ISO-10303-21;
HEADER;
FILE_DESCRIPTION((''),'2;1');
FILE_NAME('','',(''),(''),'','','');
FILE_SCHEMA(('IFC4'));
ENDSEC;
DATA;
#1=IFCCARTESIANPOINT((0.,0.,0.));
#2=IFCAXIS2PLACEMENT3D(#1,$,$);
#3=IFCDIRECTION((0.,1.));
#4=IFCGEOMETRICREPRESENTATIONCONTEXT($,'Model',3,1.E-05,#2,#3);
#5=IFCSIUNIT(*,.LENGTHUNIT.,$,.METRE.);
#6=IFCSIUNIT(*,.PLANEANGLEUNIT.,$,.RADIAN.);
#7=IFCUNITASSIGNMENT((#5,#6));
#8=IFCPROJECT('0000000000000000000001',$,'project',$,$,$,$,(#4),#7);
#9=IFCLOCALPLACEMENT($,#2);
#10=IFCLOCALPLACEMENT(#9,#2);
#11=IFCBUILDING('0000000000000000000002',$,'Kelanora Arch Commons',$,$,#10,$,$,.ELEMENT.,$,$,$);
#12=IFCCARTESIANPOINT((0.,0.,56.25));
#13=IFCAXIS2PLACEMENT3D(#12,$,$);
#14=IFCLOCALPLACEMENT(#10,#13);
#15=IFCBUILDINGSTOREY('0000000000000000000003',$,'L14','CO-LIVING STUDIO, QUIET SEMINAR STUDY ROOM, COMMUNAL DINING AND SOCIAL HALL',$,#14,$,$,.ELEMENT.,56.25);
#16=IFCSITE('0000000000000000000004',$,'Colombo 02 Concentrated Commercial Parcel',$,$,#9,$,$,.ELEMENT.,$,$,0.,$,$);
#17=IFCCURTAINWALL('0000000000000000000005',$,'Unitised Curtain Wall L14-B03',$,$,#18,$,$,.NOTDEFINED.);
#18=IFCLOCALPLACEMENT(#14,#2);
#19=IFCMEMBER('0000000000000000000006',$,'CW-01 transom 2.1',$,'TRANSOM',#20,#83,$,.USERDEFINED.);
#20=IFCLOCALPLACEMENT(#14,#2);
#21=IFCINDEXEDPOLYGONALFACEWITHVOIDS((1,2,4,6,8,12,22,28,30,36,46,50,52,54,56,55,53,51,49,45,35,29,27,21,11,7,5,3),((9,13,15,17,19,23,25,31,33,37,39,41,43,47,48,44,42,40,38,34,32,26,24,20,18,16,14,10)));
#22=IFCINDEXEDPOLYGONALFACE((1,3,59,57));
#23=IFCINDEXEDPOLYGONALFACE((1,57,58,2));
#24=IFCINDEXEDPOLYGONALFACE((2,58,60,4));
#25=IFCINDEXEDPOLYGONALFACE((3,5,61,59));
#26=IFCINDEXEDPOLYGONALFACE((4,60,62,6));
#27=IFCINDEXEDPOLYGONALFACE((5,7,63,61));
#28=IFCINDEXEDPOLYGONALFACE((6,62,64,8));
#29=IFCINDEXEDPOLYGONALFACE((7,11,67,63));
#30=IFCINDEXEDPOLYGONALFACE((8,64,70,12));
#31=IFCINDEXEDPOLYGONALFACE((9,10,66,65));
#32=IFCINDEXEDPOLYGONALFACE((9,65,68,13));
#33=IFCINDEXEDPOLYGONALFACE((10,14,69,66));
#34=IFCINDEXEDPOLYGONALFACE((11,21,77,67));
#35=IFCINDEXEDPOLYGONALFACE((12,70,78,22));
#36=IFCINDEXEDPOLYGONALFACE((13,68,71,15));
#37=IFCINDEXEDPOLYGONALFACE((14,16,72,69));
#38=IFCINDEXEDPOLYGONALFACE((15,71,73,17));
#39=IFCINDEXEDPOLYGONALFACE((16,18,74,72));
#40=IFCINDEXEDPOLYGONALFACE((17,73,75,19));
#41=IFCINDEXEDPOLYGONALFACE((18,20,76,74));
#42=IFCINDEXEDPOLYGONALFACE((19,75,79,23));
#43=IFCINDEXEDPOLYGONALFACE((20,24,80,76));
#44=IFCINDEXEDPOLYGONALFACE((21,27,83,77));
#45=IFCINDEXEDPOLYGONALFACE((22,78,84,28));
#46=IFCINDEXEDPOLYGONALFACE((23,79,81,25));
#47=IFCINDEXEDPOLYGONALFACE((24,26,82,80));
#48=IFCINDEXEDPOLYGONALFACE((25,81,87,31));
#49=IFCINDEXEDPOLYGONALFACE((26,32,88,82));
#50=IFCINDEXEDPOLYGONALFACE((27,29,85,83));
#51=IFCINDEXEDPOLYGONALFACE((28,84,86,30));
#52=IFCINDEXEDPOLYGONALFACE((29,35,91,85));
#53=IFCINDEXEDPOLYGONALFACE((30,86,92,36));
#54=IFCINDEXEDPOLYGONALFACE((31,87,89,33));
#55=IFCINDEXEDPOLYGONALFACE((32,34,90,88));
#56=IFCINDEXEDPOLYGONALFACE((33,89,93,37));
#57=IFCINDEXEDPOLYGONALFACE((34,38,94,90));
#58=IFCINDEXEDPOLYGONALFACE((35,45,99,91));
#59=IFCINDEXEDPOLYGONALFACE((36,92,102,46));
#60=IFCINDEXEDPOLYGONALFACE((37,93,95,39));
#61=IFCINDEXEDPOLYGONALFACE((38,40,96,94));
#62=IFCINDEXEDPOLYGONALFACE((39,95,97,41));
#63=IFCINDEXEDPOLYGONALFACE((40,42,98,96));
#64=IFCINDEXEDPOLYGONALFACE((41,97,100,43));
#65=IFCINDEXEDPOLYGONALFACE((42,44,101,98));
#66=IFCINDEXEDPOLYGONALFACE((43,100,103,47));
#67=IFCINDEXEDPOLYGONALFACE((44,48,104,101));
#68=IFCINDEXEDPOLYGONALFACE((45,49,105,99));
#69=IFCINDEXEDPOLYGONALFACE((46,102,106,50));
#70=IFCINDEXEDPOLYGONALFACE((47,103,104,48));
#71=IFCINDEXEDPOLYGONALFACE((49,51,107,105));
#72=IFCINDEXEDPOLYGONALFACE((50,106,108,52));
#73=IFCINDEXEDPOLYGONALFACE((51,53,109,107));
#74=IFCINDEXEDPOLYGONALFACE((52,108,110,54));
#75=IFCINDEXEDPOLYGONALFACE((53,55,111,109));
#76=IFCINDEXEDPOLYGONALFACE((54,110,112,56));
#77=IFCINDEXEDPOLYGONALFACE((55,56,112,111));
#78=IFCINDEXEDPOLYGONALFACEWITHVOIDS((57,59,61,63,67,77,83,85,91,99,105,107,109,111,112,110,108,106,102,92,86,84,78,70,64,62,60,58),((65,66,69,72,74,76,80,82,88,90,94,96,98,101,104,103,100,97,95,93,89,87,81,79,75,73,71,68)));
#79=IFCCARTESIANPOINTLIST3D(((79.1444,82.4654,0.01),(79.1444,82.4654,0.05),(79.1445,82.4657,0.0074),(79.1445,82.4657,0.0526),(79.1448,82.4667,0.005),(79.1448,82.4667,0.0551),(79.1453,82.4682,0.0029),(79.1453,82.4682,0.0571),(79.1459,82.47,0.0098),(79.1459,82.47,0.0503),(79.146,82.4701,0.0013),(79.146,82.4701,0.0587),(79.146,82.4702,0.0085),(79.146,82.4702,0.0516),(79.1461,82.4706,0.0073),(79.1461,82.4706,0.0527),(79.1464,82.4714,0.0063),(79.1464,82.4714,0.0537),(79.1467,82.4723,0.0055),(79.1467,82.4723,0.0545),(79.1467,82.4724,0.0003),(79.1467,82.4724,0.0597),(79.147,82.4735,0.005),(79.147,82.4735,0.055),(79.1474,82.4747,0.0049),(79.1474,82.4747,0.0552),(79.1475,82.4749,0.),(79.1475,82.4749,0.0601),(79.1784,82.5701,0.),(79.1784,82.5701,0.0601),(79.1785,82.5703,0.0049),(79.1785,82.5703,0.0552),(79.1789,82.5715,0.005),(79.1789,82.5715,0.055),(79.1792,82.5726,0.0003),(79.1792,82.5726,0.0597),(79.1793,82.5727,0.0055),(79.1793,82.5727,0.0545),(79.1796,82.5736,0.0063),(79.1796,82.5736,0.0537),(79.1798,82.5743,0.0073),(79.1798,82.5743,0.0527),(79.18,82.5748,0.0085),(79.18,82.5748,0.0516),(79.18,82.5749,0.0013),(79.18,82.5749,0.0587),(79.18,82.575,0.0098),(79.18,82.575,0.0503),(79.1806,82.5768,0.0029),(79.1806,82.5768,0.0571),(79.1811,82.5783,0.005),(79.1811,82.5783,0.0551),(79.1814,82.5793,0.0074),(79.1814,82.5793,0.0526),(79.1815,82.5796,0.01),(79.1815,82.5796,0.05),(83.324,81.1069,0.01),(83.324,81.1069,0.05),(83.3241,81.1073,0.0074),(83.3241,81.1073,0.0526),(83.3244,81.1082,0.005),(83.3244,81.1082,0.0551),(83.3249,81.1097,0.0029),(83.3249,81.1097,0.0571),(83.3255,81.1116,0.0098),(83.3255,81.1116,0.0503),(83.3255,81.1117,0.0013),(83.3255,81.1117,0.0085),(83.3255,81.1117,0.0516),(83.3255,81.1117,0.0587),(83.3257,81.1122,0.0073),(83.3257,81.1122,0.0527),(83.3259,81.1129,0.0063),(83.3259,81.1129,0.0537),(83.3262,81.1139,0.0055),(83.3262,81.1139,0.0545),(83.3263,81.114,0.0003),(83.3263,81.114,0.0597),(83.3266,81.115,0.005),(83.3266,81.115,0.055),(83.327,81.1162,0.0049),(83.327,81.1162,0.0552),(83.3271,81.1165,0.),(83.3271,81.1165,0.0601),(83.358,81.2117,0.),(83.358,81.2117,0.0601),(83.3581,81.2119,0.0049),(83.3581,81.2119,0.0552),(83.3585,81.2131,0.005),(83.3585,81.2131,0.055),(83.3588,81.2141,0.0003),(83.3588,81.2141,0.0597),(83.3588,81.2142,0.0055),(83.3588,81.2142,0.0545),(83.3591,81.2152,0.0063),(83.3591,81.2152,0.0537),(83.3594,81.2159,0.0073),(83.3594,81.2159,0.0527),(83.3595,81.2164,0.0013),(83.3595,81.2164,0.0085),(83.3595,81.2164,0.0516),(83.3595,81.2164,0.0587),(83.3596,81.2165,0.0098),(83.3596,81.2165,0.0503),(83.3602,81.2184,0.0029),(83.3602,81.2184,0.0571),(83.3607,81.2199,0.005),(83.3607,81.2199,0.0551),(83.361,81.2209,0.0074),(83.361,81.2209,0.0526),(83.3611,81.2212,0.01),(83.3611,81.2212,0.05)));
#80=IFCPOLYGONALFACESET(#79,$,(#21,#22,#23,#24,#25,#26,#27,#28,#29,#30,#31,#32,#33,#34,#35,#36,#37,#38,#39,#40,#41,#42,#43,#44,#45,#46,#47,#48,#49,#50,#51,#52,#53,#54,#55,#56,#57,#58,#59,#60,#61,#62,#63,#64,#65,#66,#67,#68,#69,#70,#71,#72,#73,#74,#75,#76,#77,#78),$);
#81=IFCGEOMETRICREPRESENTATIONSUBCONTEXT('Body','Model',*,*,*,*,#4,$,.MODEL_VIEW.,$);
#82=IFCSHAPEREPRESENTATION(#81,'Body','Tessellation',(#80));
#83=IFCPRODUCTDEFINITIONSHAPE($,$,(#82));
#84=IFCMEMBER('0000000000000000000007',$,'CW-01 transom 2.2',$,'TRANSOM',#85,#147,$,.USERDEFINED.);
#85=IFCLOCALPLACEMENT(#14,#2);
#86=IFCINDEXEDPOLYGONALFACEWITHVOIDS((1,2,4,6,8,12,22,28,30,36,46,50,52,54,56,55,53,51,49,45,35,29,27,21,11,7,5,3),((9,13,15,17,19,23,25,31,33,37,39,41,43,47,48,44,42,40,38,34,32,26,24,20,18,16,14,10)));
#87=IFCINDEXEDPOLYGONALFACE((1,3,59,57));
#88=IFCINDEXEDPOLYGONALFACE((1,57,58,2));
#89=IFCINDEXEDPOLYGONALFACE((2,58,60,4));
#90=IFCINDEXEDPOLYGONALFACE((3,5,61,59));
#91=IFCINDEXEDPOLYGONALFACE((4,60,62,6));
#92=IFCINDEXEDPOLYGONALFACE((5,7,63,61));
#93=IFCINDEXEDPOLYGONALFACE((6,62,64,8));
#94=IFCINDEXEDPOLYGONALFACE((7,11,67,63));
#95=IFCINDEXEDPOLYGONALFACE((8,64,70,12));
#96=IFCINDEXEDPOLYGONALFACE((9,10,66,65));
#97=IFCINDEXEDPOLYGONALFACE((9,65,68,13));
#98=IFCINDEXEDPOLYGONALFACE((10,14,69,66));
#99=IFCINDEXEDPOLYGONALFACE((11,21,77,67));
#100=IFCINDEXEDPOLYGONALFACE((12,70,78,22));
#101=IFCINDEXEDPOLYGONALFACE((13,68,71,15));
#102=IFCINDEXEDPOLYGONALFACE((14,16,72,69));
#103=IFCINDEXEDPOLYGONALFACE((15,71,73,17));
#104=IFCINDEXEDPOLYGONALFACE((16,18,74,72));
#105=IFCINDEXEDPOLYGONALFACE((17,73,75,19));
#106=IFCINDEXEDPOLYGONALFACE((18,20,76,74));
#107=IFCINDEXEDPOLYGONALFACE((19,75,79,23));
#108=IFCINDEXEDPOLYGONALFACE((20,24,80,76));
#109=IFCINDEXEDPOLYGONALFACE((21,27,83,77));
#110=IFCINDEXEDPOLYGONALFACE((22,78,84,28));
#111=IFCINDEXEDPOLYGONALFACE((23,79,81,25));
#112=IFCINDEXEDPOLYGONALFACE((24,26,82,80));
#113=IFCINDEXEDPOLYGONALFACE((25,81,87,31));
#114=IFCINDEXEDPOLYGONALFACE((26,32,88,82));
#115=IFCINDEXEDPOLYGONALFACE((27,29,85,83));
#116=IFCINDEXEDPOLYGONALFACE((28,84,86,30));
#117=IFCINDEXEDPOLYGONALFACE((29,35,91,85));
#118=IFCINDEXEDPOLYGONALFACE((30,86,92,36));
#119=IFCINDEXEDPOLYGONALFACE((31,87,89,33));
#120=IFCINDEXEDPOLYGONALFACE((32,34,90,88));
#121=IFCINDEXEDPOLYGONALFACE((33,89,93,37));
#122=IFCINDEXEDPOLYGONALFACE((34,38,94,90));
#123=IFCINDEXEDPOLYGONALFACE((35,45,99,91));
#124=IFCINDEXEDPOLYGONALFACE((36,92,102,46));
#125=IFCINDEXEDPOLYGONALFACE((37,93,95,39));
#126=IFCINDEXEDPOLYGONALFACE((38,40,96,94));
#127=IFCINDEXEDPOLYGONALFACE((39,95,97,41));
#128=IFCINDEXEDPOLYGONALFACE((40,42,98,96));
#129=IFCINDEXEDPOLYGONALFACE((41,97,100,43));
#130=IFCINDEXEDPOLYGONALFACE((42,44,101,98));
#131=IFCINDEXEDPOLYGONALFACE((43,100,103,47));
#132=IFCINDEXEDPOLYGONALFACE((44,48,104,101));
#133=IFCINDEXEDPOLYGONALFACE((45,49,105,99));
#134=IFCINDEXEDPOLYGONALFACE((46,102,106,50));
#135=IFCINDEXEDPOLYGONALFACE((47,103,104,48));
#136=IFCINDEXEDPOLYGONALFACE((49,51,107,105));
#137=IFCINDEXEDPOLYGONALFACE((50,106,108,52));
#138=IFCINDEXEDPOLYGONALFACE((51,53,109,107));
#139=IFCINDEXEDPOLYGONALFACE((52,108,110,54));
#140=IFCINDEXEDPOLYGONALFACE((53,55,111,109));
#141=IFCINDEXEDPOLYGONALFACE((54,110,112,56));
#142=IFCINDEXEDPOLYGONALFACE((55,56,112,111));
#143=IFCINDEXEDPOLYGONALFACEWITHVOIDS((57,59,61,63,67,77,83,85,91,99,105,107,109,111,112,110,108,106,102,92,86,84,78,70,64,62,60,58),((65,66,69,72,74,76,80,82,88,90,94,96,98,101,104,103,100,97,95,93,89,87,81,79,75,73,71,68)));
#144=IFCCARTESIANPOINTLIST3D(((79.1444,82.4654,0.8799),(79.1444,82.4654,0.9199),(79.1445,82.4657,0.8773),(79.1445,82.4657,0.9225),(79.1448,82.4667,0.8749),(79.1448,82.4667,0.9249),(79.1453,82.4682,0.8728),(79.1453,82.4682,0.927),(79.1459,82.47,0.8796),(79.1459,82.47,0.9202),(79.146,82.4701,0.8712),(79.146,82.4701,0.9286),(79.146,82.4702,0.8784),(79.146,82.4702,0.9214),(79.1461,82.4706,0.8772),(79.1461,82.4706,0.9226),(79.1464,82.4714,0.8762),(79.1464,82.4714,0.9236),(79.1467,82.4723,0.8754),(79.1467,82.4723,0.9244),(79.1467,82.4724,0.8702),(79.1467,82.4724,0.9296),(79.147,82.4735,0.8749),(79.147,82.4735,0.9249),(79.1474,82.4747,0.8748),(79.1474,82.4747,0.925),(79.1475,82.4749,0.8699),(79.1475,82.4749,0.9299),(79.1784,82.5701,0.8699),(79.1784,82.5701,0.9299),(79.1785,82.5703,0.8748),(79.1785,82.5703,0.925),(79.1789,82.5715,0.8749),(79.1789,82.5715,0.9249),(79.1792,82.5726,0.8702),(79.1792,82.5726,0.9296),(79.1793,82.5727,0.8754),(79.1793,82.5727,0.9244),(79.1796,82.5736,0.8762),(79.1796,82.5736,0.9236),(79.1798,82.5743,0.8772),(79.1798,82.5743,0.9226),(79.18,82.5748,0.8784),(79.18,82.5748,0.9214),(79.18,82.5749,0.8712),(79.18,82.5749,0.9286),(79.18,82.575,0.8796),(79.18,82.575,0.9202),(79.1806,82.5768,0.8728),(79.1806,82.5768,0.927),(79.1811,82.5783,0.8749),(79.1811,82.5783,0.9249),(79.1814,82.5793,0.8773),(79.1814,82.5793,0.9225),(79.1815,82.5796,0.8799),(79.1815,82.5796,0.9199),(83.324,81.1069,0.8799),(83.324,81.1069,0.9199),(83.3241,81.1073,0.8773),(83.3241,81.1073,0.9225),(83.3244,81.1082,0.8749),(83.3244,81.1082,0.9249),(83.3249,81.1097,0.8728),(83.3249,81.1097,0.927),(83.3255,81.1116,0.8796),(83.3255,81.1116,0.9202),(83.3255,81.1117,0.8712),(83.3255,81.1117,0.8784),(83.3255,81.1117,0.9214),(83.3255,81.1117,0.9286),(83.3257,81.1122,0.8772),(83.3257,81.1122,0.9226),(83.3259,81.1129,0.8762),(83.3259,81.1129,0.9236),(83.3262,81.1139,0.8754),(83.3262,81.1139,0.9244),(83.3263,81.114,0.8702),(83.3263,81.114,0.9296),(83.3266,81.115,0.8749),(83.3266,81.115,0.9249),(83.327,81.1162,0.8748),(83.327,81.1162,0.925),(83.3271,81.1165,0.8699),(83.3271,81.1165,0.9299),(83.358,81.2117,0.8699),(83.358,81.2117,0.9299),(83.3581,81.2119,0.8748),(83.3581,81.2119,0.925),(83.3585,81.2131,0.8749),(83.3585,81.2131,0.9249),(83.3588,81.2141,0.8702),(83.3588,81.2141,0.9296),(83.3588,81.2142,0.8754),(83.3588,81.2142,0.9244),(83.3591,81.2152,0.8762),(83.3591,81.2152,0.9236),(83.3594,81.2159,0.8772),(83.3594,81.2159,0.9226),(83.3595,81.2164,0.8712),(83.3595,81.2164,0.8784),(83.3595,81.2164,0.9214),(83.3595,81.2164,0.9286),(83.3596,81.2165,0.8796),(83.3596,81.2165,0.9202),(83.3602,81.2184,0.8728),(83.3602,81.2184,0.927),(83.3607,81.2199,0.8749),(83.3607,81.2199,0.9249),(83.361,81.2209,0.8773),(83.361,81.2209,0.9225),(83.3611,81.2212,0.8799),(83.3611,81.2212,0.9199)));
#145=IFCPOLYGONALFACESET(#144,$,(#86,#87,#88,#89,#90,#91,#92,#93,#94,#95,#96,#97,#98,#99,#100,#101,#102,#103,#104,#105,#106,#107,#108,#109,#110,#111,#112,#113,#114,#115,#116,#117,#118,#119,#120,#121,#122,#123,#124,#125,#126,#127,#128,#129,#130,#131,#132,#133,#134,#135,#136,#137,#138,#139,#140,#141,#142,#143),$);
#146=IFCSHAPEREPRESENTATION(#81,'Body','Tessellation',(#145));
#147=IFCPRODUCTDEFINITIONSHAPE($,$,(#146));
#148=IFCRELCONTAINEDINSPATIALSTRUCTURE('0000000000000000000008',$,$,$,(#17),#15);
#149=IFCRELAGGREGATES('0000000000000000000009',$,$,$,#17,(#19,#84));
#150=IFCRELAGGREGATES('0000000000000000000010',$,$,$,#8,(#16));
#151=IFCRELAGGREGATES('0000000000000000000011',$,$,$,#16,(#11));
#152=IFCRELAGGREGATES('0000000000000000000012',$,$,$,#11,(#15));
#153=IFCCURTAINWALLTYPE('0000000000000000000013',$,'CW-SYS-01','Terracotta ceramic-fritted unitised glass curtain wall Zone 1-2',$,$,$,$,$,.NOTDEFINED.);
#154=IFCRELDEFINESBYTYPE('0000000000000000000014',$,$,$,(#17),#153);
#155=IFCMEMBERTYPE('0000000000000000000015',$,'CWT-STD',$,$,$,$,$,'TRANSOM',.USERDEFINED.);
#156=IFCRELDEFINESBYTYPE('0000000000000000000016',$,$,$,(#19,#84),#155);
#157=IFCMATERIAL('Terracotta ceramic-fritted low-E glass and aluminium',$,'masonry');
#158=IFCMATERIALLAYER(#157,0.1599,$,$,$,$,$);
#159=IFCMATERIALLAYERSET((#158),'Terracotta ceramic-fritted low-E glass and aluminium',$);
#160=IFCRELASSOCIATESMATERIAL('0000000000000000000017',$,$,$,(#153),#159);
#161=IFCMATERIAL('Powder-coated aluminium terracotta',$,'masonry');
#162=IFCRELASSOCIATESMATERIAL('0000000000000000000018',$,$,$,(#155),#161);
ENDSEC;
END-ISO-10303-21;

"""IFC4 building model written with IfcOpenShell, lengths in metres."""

from ifc_helpers import new_model, si_unit, direction, frame, origin, origin_2d, place, context, subcontext, project, spatial, hollow_rectangle, extrude, material, layer, layer_set, material_profile, profile_set, type_object, element, aggregate, save


model = new_model("IFC4")

# Units and contexts
model_context = context("Model", 3, precision=1e-05, world=origin(), true_north=direction((0.0, 1.0)))
body_context = subcontext(model_context, "Body", "Model", "MODEL_VIEW")
ifc_project = project(units=[si_unit("LENGTHUNIT", "METRE"), si_unit("PLANEANGLEUNIT", "RADIAN")], contexts=[model_context])

# Site, building, storey
site_placement = place(None, origin())
site = spatial("IfcSite", under=ifc_project, at=site_placement, Name="Colombo 02 Concentrated Commercial Parcel", CompositionType="ELEMENT", RefElevation=0.0)
building_placement = place(site_placement, origin())
building = spatial("IfcBuilding", under=site, at=building_placement, Name="Kelanora Arch Commons", CompositionType="ELEMENT")
storey_placement = place(building_placement, frame((0.0, 0.0, 56.25)))
storey = spatial("IfcBuildingStorey", under=building, at=storey_placement, Name="L14", Description="CO-LIVING STUDIO, QUIET SEMINAR STUDY ROOM, COMMUNAL DINING AND SOCIAL HALL", CompositionType="ELEMENT", Elevation=56.25)

# Curtain wall, members
ifc_material_1 = material(Name="Terracotta ceramic-fritted low-E glass and aluminium", Category="masonry")
ifc_layer_1 = layer(ifc_material_1, 0.1599)
ifc_layer_set_1 = layer_set([ifc_layer_1], Name="Terracotta ceramic-fritted low-E glass and aluminium")
curtain_wall_type = type_object("IfcCurtainWallType", Name="CW-SYS-01", Description="Terracotta ceramic-fritted unitised glass curtain wall Zone 1-2", PredefinedType="NOTDEFINED", material=ifc_layer_set_1)
curtain_wall_placement = place(storey_placement, origin())
curtain_wall = element("IfcCurtainWall", 1, at=curtain_wall_placement, inside=storey, type_object=curtain_wall_type, Name="Unitised Curtain Wall L14-B03", PredefinedType="NOTDEFINED")
ifc_material_2 = material(Name="Powder-coated aluminium terracotta", Category="masonry")
ifc_material_profile_1 = material_profile(ifc_material_2, hollow_rectangle(XDim=0.1201, YDim=0.0601, WallThickness=0.0049, InnerFilletRadius=0.0049, OuterFilletRadius=0.01, at=origin_2d()), Name="CWT120x60")
ifc_profile_set_1 = profile_set([ifc_material_profile_1], Name="Powder-coated aluminium terracotta")
member_type_1 = type_object("IfcMemberType", Name="CWT-STD", ElementType="TRANSOM", PredefinedType="USERDEFINED", material=ifc_profile_set_1)
member_1_placement = place(storey_placement, frame((83.3425, 81.1641, 0.03), z_axis=(-0.951029, 0.309102, 0.0), x_axis=(-0.309102, -0.951029, 0.0)))
member_1 = element("IfcMember", 2, at=member_1_placement, type_object=member_type_1, Name="CW-01 transom 2.1", ObjectType="TRANSOM", PredefinedType="USERDEFINED", context=body_context, shape_type="SweptSolid", body=[
    extrude(hollow_rectangle(XDim=0.1201, YDim=0.0601, WallThickness=0.0049, InnerFilletRadius=0.0049, OuterFilletRadius=0.01, at=origin_2d()), origin(), (0.0, 0.0, 1.0), 4.3948),
])
member_2_placement = place(storey_placement, frame((83.3425, 81.1641, 0.8999), z_axis=(-0.951029, 0.309102, 0.0), x_axis=(-0.309102, -0.951029, 0.0)))
member_2 = element("IfcMember", 3, at=member_2_placement, type_object=member_type_1, Name="CW-01 transom 2.2", ObjectType="TRANSOM", PredefinedType="USERDEFINED", context=body_context, shape_type="SweptSolid", body=[
    extrude(hollow_rectangle(XDim=0.1201, YDim=0.0601, WallThickness=0.0049, InnerFilletRadius=0.0049, OuterFilletRadius=0.01, at=origin_2d()), origin(), (0.0, 0.0, 1.0), 4.3948),
])
aggregate(curtain_wall, [member_1, member_2])

save(model, "model.ifc")
